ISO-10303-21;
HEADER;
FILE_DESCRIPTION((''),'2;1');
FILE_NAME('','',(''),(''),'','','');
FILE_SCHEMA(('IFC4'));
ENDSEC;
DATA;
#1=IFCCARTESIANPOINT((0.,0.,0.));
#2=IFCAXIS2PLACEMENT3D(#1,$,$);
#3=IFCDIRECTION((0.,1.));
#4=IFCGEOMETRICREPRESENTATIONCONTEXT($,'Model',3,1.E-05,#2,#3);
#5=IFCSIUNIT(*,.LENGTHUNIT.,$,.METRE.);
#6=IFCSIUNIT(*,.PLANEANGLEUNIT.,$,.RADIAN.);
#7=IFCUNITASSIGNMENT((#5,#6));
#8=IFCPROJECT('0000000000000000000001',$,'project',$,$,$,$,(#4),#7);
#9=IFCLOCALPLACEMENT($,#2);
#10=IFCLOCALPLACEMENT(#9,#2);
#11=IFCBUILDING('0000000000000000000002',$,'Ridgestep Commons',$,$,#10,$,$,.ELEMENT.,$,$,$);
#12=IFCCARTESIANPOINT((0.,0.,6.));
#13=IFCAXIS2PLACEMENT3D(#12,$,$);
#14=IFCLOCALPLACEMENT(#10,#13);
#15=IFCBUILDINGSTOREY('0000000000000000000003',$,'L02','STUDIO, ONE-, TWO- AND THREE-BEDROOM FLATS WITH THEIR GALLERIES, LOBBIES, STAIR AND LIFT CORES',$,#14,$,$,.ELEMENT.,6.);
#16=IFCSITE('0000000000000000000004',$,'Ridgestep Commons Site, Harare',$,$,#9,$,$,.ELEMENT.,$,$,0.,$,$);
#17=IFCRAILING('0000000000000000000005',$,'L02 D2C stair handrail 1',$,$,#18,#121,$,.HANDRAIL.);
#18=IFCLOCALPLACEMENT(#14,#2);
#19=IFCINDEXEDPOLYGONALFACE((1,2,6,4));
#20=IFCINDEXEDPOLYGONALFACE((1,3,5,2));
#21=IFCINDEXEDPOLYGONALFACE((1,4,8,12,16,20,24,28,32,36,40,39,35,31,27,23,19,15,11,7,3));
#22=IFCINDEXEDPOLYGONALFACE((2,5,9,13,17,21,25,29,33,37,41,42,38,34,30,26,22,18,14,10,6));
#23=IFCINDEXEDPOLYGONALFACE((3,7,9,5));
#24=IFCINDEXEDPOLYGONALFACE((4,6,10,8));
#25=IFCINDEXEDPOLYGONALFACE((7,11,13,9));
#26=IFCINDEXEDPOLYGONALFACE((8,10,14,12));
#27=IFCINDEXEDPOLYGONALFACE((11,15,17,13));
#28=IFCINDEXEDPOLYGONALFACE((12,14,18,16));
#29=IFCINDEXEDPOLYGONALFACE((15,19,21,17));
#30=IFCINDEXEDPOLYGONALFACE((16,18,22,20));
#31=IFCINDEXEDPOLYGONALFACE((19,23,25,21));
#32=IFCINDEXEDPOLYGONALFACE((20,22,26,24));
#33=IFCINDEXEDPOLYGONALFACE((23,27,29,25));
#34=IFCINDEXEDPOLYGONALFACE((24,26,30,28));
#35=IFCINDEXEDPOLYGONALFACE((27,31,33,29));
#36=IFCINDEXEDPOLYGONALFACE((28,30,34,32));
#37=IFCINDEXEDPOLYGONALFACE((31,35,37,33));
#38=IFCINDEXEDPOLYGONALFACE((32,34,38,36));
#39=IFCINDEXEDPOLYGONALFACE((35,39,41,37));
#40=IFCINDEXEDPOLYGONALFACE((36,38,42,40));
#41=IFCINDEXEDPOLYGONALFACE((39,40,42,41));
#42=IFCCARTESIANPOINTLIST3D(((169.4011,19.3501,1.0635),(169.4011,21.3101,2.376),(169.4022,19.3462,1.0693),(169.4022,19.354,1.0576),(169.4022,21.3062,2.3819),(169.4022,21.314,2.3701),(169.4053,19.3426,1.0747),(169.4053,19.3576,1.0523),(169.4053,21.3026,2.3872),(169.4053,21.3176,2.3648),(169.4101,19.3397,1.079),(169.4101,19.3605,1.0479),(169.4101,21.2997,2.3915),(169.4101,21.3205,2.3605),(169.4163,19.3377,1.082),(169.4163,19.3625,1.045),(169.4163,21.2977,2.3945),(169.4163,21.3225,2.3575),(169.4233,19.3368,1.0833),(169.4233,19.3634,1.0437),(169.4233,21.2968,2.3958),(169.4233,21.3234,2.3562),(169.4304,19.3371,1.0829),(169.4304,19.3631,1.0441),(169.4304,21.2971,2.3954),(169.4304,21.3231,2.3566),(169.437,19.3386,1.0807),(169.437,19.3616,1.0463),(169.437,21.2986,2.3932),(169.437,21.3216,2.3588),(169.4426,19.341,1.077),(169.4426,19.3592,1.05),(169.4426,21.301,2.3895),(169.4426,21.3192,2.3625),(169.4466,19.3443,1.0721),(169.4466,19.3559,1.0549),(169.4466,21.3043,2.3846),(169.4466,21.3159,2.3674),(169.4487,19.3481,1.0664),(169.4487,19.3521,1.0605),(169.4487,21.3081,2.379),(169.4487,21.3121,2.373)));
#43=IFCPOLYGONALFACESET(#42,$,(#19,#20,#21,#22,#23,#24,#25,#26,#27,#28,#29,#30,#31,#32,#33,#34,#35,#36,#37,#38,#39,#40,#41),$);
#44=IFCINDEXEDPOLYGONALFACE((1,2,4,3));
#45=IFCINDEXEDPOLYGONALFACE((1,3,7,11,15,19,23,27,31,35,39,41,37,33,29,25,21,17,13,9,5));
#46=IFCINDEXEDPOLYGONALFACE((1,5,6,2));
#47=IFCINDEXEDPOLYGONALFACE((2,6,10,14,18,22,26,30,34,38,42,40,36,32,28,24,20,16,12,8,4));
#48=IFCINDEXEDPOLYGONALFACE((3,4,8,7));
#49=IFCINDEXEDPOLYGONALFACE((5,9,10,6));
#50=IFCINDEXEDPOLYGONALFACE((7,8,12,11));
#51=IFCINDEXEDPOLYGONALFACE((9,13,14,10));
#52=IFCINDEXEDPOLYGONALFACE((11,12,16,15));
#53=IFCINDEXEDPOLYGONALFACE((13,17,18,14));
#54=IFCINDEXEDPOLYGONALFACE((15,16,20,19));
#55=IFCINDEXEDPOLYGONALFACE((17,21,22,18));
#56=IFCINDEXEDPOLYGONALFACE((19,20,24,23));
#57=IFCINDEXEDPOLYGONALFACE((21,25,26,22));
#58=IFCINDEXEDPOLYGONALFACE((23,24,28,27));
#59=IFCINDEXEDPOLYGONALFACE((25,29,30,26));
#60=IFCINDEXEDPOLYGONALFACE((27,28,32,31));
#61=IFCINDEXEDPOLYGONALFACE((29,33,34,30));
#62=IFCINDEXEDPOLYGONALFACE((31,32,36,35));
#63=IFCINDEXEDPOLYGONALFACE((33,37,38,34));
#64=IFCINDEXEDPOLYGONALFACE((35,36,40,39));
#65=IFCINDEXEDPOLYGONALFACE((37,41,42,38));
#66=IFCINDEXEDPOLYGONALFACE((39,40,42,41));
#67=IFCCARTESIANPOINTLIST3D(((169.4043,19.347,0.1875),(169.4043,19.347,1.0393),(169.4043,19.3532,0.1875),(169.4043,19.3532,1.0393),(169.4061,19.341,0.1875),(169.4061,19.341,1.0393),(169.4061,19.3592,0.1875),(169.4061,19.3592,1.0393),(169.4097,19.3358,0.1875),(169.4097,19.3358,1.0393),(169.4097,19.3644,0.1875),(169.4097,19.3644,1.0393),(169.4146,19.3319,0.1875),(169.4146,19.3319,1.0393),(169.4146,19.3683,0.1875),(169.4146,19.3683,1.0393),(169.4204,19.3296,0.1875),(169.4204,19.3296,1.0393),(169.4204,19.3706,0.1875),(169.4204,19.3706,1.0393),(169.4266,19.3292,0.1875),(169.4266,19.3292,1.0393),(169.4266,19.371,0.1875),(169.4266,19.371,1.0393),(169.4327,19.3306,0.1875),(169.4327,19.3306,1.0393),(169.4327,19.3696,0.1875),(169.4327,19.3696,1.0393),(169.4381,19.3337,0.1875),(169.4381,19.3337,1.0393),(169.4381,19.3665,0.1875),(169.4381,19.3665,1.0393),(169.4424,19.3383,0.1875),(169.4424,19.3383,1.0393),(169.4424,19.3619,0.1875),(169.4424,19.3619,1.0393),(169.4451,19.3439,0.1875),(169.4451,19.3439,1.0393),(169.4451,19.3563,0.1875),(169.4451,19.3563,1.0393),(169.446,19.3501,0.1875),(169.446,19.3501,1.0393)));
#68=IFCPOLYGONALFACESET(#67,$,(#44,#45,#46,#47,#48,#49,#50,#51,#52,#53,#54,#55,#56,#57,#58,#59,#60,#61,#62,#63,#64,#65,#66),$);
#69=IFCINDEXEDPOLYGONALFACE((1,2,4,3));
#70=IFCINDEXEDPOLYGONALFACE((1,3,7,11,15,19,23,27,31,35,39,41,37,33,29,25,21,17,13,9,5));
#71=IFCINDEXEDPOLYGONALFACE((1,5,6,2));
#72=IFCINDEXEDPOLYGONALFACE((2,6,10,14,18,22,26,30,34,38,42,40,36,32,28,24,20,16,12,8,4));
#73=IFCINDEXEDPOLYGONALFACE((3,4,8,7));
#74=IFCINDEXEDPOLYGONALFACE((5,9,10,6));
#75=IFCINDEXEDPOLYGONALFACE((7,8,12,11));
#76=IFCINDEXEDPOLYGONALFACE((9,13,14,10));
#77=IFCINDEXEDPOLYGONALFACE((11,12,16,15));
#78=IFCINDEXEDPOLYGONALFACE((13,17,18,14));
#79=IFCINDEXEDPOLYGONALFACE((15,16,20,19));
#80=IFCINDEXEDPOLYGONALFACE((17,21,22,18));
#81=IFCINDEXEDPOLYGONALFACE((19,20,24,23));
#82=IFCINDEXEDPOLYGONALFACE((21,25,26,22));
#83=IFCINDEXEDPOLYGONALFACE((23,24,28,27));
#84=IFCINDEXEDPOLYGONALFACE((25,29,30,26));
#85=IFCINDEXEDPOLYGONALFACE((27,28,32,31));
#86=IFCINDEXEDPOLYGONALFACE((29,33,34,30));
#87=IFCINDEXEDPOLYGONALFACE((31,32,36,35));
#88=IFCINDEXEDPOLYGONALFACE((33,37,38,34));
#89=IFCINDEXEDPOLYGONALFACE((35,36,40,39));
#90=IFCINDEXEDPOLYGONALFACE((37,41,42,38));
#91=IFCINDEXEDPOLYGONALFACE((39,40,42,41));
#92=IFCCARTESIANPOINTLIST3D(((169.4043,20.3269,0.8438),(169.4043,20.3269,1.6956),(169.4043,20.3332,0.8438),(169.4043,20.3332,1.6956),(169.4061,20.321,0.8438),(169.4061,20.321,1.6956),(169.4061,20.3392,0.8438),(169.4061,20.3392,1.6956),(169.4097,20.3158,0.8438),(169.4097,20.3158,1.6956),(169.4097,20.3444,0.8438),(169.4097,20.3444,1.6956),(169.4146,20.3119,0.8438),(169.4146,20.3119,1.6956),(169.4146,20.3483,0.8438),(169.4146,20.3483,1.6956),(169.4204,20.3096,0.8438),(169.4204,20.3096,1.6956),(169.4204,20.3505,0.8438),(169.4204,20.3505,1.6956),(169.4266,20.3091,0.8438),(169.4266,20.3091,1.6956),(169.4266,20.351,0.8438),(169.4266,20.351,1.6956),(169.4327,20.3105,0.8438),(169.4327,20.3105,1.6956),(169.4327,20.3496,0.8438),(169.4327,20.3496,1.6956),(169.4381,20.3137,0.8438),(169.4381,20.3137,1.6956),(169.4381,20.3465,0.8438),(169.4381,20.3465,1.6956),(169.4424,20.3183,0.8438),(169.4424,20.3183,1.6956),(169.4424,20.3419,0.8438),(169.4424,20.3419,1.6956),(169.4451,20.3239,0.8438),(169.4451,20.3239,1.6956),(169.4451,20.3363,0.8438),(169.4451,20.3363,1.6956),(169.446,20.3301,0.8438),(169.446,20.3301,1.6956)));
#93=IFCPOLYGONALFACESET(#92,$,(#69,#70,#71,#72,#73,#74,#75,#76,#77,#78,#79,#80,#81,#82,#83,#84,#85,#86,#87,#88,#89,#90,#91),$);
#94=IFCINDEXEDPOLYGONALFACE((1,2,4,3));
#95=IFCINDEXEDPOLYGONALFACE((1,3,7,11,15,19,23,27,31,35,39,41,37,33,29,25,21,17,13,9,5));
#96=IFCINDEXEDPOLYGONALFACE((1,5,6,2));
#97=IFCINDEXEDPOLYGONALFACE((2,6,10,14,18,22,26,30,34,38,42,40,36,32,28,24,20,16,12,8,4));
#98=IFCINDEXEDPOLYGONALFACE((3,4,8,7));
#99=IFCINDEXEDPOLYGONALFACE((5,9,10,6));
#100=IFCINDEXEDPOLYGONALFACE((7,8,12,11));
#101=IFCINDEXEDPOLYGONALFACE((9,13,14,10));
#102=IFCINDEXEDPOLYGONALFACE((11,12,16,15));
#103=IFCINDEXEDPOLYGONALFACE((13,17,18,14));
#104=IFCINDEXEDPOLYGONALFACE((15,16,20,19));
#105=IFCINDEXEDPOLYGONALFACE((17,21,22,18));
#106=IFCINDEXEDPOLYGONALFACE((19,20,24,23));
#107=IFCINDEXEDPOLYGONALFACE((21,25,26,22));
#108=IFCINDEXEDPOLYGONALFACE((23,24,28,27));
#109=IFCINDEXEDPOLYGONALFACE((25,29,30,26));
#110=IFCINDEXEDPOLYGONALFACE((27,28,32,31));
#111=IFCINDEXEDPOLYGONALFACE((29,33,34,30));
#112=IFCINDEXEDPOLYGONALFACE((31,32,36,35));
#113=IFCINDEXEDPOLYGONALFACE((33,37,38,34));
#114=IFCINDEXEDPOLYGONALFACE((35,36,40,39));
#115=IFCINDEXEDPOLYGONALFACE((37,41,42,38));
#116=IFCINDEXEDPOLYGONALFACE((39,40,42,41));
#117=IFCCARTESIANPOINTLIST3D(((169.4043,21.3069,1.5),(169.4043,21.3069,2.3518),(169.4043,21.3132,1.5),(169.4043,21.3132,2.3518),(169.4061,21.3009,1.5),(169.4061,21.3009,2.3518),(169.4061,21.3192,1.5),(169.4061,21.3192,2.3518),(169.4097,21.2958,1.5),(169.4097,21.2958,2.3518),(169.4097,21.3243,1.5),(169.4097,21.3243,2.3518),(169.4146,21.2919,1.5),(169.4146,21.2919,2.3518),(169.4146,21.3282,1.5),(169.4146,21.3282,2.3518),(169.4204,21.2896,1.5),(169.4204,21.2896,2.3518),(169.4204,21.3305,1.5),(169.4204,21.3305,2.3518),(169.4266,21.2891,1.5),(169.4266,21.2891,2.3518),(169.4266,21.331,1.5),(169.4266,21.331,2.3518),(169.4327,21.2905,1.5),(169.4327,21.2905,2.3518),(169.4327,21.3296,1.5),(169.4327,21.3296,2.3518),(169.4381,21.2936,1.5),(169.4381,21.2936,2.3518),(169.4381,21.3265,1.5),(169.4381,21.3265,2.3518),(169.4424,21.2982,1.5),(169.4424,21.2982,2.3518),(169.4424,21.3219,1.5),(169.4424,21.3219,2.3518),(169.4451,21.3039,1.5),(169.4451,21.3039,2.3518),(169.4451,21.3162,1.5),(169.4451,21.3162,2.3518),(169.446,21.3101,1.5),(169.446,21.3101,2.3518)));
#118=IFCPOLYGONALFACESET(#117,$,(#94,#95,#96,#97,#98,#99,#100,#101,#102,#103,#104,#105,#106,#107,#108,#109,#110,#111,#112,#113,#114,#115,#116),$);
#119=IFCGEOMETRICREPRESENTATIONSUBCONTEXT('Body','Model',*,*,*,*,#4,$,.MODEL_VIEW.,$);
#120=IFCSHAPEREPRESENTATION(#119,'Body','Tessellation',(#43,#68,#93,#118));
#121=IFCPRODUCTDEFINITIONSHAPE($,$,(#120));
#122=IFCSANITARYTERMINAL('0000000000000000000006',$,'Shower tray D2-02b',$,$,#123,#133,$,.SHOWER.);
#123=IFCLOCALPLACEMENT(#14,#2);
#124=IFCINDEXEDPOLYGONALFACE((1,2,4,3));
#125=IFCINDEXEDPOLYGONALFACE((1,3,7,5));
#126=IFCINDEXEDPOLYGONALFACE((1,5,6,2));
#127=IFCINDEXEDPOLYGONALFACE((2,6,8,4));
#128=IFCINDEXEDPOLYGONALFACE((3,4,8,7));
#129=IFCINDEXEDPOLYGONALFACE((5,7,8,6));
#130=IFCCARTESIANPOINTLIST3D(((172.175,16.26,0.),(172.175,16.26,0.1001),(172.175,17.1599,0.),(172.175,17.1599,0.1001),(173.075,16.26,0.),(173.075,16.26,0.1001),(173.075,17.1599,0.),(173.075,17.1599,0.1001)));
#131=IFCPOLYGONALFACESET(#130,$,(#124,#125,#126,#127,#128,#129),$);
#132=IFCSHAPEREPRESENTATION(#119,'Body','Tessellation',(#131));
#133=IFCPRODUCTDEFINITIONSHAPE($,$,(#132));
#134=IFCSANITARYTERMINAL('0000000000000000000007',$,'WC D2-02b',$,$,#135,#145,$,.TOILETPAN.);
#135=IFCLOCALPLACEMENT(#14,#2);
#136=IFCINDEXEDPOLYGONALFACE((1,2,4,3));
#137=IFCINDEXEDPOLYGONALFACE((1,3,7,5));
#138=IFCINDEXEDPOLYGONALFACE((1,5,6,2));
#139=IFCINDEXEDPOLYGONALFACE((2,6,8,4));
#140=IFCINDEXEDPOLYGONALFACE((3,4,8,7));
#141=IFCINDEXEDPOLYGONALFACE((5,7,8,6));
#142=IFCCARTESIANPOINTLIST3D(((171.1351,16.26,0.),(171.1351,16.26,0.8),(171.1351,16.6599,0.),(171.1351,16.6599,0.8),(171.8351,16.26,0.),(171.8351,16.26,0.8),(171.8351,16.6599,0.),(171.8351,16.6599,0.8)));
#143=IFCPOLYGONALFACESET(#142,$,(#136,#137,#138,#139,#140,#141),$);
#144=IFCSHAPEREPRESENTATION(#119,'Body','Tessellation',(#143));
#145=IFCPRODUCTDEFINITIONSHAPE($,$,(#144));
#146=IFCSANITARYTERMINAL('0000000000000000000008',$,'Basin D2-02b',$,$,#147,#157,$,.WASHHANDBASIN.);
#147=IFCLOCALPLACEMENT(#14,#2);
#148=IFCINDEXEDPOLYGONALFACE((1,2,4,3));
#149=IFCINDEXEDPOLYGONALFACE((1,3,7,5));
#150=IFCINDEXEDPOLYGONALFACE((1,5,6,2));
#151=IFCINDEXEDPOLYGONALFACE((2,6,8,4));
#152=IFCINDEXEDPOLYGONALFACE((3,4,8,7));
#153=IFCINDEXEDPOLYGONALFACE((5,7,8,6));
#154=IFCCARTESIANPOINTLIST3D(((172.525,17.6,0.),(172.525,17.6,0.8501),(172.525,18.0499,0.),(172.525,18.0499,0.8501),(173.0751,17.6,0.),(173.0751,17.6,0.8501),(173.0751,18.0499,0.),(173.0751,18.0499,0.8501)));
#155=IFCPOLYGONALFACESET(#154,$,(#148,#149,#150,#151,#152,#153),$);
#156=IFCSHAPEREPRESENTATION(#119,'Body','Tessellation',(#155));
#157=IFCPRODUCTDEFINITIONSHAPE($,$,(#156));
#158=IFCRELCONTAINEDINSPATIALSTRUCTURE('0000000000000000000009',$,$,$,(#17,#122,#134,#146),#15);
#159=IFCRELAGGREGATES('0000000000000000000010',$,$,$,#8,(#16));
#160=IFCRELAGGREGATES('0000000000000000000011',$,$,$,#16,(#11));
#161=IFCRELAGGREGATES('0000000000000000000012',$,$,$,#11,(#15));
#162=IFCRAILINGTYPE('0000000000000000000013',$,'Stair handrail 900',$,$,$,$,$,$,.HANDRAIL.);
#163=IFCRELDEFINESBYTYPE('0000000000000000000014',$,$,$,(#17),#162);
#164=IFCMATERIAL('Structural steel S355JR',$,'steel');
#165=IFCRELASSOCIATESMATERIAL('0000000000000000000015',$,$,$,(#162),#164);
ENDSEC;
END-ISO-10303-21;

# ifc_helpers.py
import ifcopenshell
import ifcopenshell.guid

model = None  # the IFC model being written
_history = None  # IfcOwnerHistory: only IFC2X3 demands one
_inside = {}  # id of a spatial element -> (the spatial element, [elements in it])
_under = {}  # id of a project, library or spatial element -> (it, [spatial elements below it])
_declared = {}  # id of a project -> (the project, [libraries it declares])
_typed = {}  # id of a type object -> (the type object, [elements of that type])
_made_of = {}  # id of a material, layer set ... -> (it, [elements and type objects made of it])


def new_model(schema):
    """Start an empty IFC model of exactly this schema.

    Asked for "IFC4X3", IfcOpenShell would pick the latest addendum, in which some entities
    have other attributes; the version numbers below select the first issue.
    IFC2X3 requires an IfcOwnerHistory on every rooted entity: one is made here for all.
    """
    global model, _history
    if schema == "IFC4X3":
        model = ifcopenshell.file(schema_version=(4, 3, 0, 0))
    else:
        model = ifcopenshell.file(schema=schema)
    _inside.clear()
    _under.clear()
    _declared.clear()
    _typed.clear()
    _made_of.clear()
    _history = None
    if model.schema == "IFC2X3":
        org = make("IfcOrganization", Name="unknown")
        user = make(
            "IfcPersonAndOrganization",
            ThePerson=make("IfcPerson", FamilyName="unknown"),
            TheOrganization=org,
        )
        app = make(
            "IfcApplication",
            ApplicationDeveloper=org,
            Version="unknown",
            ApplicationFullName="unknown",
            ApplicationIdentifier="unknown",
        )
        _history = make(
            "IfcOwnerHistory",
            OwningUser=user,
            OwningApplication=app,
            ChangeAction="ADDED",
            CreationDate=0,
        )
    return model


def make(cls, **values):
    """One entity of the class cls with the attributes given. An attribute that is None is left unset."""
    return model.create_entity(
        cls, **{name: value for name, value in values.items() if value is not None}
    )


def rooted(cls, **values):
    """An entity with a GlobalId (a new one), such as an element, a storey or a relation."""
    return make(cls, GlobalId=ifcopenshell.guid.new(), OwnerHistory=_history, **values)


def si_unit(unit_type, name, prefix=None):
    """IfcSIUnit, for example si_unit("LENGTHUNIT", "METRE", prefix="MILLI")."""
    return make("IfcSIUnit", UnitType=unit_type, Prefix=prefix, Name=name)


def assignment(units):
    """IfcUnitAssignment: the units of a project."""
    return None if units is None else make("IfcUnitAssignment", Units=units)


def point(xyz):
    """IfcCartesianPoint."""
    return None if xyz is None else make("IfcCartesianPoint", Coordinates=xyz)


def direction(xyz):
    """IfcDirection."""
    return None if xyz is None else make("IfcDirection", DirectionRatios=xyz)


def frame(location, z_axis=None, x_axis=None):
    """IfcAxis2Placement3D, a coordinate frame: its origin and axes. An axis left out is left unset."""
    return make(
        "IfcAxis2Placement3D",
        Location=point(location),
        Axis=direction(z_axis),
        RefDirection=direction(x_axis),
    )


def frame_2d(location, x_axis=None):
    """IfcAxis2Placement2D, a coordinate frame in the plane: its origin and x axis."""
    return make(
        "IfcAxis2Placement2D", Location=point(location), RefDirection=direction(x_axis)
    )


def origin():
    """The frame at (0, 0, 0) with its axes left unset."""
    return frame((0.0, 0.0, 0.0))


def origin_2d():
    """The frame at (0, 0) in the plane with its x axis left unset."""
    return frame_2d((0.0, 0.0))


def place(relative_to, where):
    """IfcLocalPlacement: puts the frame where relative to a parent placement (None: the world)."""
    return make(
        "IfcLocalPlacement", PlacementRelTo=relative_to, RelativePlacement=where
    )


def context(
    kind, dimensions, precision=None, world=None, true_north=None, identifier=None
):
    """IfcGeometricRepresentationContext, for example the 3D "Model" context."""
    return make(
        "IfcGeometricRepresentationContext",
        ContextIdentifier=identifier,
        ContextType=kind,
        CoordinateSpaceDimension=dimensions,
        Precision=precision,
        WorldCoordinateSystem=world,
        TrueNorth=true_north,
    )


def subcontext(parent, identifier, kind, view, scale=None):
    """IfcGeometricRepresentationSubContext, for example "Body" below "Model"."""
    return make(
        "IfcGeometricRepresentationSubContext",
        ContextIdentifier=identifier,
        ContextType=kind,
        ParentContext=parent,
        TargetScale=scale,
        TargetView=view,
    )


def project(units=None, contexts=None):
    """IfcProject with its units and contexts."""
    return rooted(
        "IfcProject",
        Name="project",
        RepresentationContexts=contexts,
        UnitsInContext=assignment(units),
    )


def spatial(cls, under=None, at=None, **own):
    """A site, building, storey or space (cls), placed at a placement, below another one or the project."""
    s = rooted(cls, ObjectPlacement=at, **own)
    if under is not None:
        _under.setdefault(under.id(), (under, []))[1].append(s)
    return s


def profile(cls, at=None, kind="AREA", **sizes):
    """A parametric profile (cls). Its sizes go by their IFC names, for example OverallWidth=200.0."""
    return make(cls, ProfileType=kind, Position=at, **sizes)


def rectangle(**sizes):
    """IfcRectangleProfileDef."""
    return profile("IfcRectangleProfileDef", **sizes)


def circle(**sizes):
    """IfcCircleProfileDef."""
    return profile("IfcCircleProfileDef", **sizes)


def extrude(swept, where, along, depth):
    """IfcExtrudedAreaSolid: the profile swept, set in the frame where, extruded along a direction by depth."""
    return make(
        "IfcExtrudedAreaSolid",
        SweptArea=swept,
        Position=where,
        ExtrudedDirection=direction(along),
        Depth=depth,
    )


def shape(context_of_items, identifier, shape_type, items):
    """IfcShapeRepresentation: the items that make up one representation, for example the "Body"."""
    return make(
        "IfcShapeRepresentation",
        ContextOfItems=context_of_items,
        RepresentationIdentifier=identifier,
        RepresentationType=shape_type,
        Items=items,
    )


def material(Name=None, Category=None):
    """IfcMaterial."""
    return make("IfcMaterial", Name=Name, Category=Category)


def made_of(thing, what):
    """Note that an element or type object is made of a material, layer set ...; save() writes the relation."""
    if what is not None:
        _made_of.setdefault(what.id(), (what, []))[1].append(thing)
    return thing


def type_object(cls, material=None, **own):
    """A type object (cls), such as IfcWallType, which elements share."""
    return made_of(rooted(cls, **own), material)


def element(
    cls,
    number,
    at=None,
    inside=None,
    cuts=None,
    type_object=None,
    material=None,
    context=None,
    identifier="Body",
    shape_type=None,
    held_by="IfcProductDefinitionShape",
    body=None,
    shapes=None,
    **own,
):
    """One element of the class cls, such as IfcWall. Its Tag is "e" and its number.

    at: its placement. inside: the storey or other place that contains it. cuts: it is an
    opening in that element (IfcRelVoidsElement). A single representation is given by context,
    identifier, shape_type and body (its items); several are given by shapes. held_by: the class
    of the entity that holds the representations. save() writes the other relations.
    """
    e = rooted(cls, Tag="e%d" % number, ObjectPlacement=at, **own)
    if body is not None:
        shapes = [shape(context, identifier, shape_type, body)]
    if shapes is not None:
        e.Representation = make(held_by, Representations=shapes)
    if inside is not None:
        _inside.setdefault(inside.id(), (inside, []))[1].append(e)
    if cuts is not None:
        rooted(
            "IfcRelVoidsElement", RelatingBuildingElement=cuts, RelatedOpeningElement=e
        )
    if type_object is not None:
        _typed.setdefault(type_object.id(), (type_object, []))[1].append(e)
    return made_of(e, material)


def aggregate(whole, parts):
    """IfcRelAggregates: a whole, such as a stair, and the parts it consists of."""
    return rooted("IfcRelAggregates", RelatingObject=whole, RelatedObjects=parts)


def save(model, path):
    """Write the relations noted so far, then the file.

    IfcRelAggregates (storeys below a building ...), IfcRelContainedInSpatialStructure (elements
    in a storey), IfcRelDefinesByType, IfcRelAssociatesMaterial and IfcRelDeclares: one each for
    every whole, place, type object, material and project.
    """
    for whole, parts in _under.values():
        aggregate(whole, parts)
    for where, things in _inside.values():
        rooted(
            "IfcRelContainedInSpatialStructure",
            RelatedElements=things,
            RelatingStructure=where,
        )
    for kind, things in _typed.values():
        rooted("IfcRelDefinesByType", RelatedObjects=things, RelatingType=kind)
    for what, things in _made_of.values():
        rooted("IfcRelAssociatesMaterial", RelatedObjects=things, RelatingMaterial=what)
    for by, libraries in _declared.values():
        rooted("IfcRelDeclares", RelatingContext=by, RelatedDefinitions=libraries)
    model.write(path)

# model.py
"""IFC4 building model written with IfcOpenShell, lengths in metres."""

from ifc_helpers import new_model, si_unit, direction, frame, origin, origin_2d, place, context, subcontext, project, spatial, rectangle, circle, extrude, material, type_object, element, save


model = new_model("IFC4")

# Units and contexts
model_context = context("Model", 3, precision=1e-05, world=origin(), true_north=direction((0.0, 1.0)))
body_context = subcontext(model_context, "Body", "Model", "MODEL_VIEW")
ifc_project = project(units=[si_unit("LENGTHUNIT", "METRE"), si_unit("PLANEANGLEUNIT", "RADIAN")], contexts=[model_context])

# Site, building, storey
site_placement = place(None, origin())
site = spatial("IfcSite", under=ifc_project, at=site_placement, Name="Ridgestep Commons Site, Harare", CompositionType="ELEMENT", RefElevation=0.0)
building_placement = place(site_placement, origin())
building = spatial("IfcBuilding", under=site, at=building_placement, Name="Ridgestep Commons", CompositionType="ELEMENT")
storey_placement = place(building_placement, frame((0.0, 0.0, 6.0)))
storey = spatial("IfcBuildingStorey", under=building, at=storey_placement, Name="L02", Description="STUDIO, ONE-, TWO- AND THREE-BEDROOM FLATS WITH THEIR GALLERIES, LOBBIES, STAIR AND LIFT CORES", CompositionType="ELEMENT", Elevation=6.0)

# Railing
ifc_material_1 = material(Name="Structural steel S355JR", Category="steel")
railing_type_1 = type_object("IfcRailingType", Name="Stair handrail 900", PredefinedType="HANDRAIL", material=ifc_material_1)
railing_1_placement = place(storey_placement, frame((169.425, 19.3501, 0.1875)))
element("IfcRailing", 1, at=railing_1_placement, inside=storey, type_object=railing_type_1, Name="L02 D2C stair handrail 1", PredefinedType="HANDRAIL", context=body_context, shape_type="SweptSolid", body=[
    extrude(circle(Radius=0.0239, at=origin_2d()), frame((0.0, 0.0, 0.876), z_axis=(0.0, 0.830902, 0.556419), x_axis=(-1.0, 0.0, 0.0)), (0.0, 0.0, 1.0), 2.3589),
    extrude(circle(Radius=0.021, at=origin_2d()), origin(), (0.0, 0.0, 1.0), 0.8518),
    extrude(circle(Radius=0.021, at=origin_2d()), frame((0.0, 0.98, 0.6562)), (0.0, 0.0, 1.0), 0.8518),
    extrude(circle(Radius=0.021, at=origin_2d()), frame((0.0, 1.96, 1.3125)), (0.0, 0.0, 1.0), 0.8518),
])

# Sanitary terminals
sanitary_terminal_1_placement = place(storey_placement, frame((172.625, 16.71, 0.0), z_axis=(0.0, 0.0, 1.0), x_axis=(1.0, 0.0, 0.0)))
element("IfcSanitaryTerminal", 2, at=sanitary_terminal_1_placement, inside=storey, Name="Shower tray D2-02b", PredefinedType="SHOWER", context=body_context, shape_type="SweptSolid", body=[
    extrude(rectangle(XDim=0.8999, YDim=0.8999, at=origin_2d()), origin(), (0.0, 0.0, 1.0), 0.1001),
])
sanitary_terminal_2_placement = place(storey_placement, frame((171.4851, 16.46, 0.0), z_axis=(0.0, 0.0, 1.0), x_axis=(1.0, 0.0, 0.0)))
element("IfcSanitaryTerminal", 3, at=sanitary_terminal_2_placement, inside=storey, Name="WC D2-02b", PredefinedType="TOILETPAN", context=body_context, shape_type="SweptSolid", body=[
    extrude(rectangle(XDim=0.7, YDim=0.3999, at=origin_2d()), origin(), (0.0, 0.0, 1.0), 0.8),
])
sanitary_terminal_3_placement = place(storey_placement, frame((172.8, 17.825, 0.0), z_axis=(0.0, 0.0, 1.0), x_axis=(1.0, 0.0, 0.0)))
element("IfcSanitaryTerminal", 4, at=sanitary_terminal_3_placement, inside=storey, Name="Basin D2-02b", PredefinedType="WASHHANDBASIN", context=body_context, shape_type="SweptSolid", body=[
    extrude(rectangle(XDim=0.55, YDim=0.45, at=origin_2d()), origin(), (0.0, 0.0, 1.0), 0.8501),
])

save(model, "model.ifc")
